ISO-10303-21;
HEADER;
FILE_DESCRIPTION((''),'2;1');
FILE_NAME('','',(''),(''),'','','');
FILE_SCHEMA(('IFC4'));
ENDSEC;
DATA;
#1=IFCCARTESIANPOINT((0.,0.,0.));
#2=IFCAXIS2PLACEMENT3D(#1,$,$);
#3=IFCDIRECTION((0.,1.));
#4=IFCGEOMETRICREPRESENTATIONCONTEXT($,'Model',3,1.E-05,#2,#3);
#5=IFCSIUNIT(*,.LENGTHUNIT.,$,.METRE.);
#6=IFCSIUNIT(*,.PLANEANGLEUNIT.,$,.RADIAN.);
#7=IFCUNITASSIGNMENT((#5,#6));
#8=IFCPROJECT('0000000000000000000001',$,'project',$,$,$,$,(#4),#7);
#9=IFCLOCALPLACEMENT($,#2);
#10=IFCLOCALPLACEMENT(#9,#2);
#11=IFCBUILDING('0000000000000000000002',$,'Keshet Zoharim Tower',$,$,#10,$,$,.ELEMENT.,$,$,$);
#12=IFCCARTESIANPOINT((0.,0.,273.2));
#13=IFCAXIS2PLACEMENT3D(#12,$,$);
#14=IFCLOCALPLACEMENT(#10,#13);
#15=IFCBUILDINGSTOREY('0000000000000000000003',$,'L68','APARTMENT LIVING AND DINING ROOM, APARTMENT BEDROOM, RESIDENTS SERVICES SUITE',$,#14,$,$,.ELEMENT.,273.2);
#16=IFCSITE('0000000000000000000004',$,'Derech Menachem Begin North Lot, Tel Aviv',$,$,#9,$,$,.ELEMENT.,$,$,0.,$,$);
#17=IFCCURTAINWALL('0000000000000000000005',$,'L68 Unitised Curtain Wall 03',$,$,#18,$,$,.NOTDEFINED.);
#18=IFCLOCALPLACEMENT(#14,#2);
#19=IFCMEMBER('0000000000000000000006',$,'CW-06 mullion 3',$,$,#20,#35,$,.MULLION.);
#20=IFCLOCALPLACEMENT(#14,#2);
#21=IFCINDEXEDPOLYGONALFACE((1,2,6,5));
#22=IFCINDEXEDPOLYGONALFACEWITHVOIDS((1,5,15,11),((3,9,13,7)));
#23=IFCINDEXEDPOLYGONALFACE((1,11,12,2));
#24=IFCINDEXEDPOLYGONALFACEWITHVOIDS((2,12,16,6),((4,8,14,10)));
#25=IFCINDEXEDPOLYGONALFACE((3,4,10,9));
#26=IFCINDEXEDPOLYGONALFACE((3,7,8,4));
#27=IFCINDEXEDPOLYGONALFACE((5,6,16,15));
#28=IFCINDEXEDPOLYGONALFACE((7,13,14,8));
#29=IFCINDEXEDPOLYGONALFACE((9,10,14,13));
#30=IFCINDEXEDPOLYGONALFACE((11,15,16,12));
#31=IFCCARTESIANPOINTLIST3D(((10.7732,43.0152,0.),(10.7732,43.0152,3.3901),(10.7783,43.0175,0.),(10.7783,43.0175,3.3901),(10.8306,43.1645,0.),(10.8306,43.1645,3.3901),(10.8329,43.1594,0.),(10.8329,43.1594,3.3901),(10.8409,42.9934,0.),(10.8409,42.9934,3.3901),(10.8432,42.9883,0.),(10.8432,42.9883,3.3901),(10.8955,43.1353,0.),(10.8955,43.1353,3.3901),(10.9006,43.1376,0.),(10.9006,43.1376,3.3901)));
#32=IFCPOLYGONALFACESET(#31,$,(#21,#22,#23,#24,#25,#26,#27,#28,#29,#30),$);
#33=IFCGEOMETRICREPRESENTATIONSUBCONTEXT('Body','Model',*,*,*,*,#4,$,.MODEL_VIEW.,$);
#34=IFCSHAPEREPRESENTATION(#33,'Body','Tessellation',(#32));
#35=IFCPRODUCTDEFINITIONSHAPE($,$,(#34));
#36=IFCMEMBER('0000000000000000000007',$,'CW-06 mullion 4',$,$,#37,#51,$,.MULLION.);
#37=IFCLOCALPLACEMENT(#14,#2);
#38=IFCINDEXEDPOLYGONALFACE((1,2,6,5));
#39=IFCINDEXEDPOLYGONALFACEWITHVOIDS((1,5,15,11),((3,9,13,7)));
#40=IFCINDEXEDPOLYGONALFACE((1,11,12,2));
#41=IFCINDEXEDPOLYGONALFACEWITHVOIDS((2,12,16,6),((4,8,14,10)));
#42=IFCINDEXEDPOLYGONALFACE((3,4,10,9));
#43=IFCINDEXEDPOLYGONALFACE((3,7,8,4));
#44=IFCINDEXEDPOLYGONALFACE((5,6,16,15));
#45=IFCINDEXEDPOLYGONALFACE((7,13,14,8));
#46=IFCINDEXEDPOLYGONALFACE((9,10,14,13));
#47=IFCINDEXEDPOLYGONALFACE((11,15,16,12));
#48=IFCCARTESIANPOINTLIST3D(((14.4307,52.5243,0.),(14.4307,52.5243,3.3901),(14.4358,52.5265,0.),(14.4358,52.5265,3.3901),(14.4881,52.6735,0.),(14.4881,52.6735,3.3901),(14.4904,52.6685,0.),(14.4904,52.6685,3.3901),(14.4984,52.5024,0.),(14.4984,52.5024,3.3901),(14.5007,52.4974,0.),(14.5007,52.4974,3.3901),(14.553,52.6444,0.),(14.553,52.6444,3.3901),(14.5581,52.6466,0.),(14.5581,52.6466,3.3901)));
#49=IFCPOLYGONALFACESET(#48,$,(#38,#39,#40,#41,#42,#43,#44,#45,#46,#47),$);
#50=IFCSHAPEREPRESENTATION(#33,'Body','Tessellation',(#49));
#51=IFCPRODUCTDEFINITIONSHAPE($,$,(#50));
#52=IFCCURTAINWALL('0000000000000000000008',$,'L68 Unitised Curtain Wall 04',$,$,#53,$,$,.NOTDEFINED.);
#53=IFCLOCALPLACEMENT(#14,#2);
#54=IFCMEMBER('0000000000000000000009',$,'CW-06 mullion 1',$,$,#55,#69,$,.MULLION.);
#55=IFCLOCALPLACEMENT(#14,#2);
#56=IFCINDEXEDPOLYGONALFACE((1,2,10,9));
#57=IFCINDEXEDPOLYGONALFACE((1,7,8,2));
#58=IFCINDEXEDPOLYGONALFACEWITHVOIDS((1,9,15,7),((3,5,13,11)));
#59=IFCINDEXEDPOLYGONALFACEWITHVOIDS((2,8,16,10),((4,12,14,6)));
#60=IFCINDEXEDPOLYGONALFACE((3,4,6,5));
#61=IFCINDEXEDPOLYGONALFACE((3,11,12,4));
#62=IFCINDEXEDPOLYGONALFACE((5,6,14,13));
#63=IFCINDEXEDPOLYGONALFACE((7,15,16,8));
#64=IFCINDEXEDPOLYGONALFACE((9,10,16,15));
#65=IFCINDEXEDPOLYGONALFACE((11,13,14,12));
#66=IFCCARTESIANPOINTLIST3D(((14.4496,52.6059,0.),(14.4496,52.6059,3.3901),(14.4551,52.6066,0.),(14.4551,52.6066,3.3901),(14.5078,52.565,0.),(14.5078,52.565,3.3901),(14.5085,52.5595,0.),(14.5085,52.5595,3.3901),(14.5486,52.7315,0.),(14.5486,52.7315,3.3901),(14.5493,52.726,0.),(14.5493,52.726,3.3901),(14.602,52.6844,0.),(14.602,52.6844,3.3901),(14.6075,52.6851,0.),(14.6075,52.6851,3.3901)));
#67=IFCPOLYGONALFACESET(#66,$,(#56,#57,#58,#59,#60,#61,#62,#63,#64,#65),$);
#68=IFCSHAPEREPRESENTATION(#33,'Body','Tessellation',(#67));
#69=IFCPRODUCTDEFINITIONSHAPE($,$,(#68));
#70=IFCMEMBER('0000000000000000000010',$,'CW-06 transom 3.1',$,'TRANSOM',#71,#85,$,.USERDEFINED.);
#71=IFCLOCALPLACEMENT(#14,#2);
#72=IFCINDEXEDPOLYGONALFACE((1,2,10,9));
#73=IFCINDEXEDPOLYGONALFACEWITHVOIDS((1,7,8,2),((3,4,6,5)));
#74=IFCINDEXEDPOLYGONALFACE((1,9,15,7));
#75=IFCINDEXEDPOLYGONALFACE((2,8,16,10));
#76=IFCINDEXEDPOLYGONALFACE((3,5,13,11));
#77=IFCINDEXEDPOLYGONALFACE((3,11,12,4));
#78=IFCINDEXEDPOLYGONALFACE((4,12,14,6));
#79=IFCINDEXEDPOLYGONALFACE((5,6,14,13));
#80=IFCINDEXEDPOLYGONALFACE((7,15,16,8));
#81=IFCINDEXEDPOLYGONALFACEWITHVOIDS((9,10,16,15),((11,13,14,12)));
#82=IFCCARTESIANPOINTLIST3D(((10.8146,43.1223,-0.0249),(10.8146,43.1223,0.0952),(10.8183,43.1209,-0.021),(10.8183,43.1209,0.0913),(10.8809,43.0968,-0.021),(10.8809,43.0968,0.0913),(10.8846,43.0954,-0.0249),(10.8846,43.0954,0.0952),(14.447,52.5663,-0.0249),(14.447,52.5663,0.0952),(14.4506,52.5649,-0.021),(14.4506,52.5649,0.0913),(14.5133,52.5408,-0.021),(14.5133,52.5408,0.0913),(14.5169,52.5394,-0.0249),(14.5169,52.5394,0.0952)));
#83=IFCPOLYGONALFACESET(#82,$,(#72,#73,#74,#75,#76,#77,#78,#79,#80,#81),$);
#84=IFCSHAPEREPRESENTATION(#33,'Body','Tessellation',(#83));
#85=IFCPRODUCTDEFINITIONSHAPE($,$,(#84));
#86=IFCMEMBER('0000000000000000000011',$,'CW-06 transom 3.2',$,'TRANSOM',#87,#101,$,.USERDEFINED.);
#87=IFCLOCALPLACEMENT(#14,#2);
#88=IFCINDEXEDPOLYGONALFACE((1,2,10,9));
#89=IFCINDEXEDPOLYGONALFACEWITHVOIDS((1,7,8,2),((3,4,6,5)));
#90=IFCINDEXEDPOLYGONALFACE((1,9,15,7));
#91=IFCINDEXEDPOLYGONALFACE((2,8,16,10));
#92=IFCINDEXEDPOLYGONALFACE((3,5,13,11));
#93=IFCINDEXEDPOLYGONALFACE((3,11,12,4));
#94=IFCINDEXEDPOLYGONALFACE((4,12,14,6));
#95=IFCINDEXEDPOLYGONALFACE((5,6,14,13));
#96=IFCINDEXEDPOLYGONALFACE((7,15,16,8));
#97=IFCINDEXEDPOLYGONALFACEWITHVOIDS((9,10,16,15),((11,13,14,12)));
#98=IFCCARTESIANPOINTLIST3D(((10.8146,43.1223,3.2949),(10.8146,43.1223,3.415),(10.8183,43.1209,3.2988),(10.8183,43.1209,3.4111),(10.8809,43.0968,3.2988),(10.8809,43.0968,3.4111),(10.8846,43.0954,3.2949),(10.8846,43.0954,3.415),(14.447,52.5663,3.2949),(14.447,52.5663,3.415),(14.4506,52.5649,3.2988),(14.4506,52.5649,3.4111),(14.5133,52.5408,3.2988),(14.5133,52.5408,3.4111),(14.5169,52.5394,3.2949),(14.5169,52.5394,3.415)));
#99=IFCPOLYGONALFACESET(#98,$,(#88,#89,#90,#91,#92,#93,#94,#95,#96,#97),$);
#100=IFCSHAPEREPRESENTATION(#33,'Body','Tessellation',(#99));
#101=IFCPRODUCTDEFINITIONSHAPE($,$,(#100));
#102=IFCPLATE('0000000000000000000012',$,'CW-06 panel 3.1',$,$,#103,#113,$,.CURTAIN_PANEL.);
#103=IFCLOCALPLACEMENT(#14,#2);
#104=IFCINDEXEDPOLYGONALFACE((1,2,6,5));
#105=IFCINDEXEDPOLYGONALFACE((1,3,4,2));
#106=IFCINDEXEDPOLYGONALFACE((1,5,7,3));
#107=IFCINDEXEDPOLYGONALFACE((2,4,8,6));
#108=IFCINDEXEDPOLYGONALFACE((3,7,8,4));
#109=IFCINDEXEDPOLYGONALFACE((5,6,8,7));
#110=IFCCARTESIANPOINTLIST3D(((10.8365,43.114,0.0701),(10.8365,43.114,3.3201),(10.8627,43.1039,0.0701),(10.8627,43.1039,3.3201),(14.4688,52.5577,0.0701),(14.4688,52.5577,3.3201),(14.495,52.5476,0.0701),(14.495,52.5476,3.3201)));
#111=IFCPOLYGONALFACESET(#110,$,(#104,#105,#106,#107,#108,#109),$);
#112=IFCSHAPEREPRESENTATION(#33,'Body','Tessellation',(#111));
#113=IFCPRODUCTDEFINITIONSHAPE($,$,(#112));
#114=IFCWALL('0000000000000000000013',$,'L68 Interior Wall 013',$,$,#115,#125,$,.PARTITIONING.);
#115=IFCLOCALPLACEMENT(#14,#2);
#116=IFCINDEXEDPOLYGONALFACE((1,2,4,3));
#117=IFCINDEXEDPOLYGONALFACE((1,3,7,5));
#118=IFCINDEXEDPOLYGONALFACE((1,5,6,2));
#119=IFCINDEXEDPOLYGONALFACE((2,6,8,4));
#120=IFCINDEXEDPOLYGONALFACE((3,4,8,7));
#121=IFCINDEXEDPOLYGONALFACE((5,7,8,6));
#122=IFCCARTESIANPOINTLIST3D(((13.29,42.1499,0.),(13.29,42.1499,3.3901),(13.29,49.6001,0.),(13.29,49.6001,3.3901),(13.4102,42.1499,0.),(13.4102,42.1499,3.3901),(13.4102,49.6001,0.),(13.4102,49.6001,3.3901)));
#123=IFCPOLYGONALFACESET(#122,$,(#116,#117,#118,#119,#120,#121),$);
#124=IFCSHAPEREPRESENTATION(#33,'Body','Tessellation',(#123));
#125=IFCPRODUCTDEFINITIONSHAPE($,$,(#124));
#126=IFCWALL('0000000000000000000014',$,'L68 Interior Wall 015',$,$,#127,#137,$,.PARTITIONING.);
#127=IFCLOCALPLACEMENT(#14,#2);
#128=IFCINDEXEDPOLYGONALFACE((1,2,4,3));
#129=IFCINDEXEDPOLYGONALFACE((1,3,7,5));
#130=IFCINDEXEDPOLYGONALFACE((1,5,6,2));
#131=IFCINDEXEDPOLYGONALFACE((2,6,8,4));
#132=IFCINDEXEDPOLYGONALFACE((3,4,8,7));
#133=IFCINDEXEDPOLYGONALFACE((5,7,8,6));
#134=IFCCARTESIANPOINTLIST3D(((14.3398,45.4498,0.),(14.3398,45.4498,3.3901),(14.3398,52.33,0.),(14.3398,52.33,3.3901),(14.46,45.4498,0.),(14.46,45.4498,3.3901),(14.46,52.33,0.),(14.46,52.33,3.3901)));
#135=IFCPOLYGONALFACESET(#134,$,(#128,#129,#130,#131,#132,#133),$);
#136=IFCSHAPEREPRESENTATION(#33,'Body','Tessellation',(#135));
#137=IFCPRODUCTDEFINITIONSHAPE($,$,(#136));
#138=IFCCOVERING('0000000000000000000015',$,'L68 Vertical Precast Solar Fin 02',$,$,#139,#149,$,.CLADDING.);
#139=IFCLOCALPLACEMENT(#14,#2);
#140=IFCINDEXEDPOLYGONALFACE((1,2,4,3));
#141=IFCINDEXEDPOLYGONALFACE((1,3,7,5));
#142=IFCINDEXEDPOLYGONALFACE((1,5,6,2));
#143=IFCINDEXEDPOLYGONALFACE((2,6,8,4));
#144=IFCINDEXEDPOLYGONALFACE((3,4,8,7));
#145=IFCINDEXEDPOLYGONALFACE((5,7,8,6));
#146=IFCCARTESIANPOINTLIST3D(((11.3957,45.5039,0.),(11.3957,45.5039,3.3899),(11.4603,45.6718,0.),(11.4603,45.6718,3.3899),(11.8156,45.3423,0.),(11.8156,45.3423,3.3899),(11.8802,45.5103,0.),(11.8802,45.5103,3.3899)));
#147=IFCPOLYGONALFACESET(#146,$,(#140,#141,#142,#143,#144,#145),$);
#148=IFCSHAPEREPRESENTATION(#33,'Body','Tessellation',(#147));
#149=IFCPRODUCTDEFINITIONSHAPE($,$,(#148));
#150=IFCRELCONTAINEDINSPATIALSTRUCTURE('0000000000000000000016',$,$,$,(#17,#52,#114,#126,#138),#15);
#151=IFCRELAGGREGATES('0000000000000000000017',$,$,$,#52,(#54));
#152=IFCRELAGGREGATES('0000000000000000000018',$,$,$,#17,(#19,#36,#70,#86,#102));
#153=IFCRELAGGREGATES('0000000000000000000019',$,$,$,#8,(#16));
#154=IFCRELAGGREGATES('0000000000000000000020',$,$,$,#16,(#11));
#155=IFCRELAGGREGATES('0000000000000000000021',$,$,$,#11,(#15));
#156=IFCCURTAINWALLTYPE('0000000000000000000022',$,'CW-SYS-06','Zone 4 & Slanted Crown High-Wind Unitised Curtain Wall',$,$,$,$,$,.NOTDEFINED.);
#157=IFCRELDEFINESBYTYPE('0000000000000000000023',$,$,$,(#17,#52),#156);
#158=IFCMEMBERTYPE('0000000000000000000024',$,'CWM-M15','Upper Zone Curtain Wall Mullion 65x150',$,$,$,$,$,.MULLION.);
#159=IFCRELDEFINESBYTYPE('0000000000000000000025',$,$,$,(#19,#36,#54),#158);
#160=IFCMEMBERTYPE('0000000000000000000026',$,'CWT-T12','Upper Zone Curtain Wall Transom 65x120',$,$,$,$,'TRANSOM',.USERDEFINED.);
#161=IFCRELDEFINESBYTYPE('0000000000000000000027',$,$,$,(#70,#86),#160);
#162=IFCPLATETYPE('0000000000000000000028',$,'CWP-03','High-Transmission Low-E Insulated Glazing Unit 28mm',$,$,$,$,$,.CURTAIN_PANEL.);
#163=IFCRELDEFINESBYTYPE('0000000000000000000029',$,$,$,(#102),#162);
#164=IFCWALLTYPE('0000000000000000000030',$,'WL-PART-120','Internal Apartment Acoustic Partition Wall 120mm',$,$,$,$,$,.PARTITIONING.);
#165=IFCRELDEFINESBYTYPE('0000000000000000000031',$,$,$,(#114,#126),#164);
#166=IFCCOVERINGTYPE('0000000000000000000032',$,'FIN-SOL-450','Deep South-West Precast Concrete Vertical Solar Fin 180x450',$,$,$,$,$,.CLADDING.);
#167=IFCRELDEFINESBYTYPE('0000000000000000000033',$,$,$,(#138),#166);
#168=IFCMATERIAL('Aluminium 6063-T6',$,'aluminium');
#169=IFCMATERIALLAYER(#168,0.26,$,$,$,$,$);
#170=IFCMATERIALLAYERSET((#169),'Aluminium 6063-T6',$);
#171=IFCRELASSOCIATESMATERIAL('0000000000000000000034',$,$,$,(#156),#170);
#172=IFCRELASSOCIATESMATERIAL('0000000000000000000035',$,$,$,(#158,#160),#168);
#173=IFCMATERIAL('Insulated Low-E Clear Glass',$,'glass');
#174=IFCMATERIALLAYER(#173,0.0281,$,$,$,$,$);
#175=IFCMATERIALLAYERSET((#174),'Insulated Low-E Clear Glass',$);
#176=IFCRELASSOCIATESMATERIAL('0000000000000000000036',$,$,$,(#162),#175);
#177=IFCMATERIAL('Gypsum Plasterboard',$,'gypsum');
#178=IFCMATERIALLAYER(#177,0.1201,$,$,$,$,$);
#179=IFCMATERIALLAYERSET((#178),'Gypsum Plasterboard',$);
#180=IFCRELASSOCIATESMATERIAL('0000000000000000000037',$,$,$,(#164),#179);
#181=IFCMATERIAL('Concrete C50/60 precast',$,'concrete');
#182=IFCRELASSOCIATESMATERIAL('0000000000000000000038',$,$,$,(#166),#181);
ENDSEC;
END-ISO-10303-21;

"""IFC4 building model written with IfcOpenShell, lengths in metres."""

from ifc_helpers import new_model, si_unit, direction, frame, frame_2d, origin, origin_2d, place, context, subcontext, project, spatial, rectangle, hollow_rectangle, extrude, material, layer, layer_set, material_profile, profile_set, type_object, element, aggregate, save


model = new_model("IFC4")

# Units and contexts
model_context = context("Model", 3, precision=1e-05, world=origin(), true_north=direction((0.0, 1.0)))
body_context = subcontext(model_context, "Body", "Model", "MODEL_VIEW")
ifc_project = project(units=[si_unit("LENGTHUNIT", "METRE"), si_unit("PLANEANGLEUNIT", "RADIAN")], contexts=[model_context])

# Site, building, storey
site_placement = place(None, origin())
site = spatial("IfcSite", under=ifc_project, at=site_placement, Name="Derech Menachem Begin North Lot, Tel Aviv", CompositionType="ELEMENT", RefElevation=0.0)
building_placement = place(site_placement, origin())
building = spatial("IfcBuilding", under=site, at=building_placement, Name="Keshet Zoharim Tower", CompositionType="ELEMENT")
storey_placement = place(building_placement, frame((0.0, 0.0, 273.2)))
storey = spatial("IfcBuildingStorey", under=building, at=storey_placement, Name="L68", Description="APARTMENT LIVING AND DINING ROOM, APARTMENT BEDROOM, RESIDENTS SERVICES SUITE", CompositionType="ELEMENT", Elevation=273.2)

# Curtain wall, members
ifc_material_1 = material(Name="Aluminium 6063-T6", Category="aluminium")
ifc_layer_1 = layer(ifc_material_1, 0.26)
ifc_layer_set_1 = layer_set([ifc_layer_1], Name="Aluminium 6063-T6")
curtain_wall_type = type_object("IfcCurtainWallType", Name="CW-SYS-06", Description="Zone 4 & Slanted Crown High-Wind Unitised Curtain Wall", PredefinedType="NOTDEFINED", material=ifc_layer_set_1)
curtain_wall_1_placement = place(storey_placement, origin())
curtain_wall_1 = element("IfcCurtainWall", 1, at=curtain_wall_1_placement, inside=storey, type_object=curtain_wall_type, Name="L68 Unitised Curtain Wall 03", PredefinedType="NOTDEFINED")
ifc_material_profile_1 = material_profile(ifc_material_1, hollow_rectangle(XDim=0.075, YDim=0.1599, WallThickness=0.0039, at=origin_2d()), Name="MUL-75x160")
ifc_profile_set_1 = profile_set([ifc_material_profile_1], Name="Aluminium 6063-T6")
member_type_1 = type_object("IfcMemberType", Name="CWM-M15", Description="Upper Zone Curtain Wall Mullion 65x150", PredefinedType="MULLION", material=ifc_profile_set_1)
member_1_placement = place(storey_placement, frame((10.8369, 43.0764, 0.0), z_axis=(0.0, 0.0, 1.0), x_axis=(-0.933341, 0.35899, 0.0)))
member_1 = element("IfcMember", 2, at=member_1_placement, type_object=member_type_1, Name="CW-06 mullion 3", PredefinedType="MULLION", context=body_context, shape_type="SweptSolid", body=[
    extrude(hollow_rectangle(XDim=0.075, YDim=0.1599, WallThickness=0.0039, at=origin_2d()), origin(), (0.0, 0.0, 1.0), 3.3901),
])
member_2_placement = place(storey_placement, frame((14.4944, 52.5854, 0.0), z_axis=(0.0, 0.0, 1.0), x_axis=(-0.933341, 0.35899, 0.0)))
member_2 = element("IfcMember", 3, at=member_2_placement, type_object=member_type_1, Name="CW-06 mullion 4", PredefinedType="MULLION", context=body_context, shape_type="SweptSolid", body=[
    extrude(hollow_rectangle(XDim=0.075, YDim=0.1599, WallThickness=0.0039, at=origin_2d()), origin(), (0.0, 0.0, 1.0), 3.3901),
])

# Curtain wall, member
curtain_wall_2_placement = place(storey_placement, origin())
curtain_wall_2 = element("IfcCurtainWall", 4, at=curtain_wall_2_placement, inside=storey, type_object=curtain_wall_type, Name="L68 Unitised Curtain Wall 04", PredefinedType="NOTDEFINED")
member_3_placement = place(storey_placement, frame((14.5286, 52.6455, 0.0), z_axis=(0.0, 0.0, 1.0), x_axis=(-0.785293, 0.619125, 0.0)))
member_3 = element("IfcMember", 5, at=member_3_placement, type_object=member_type_1, Name="CW-06 mullion 1", PredefinedType="MULLION", context=body_context, shape_type="SweptSolid", body=[
    extrude(hollow_rectangle(XDim=0.075, YDim=0.1599, WallThickness=0.0039, at=origin_2d()), origin(), (0.0, 0.0, 1.0), 3.3901),
])
aggregate(curtain_wall_2, [member_3])

# Members
ifc_material_profile_2 = material_profile(ifc_material_1, hollow_rectangle(XDim=0.075, YDim=0.1201, WallThickness=0.0039, at=origin_2d()), Name="TRN-75x120")
ifc_profile_set_2 = profile_set([ifc_material_profile_2], Name="Aluminium 6063-T6")
member_type_2 = type_object("IfcMemberType", Name="CWT-T12", Description="Upper Zone Curtain Wall Transom 65x120", ElementType="TRANSOM", PredefinedType="USERDEFINED", material=ifc_profile_set_2)
member_4_placement = place(storey_placement, frame((10.8496, 43.1089, 0.0352), z_axis=(0.358986, 0.933343, 0.0), x_axis=(-0.933343, 0.358986, 0.0)))
member_4 = element("IfcMember", 6, at=member_4_placement, type_object=member_type_2, Name="CW-06 transom 3.1", ObjectType="TRANSOM", PredefinedType="USERDEFINED", context=body_context, shape_type="SweptSolid", body=[
    extrude(hollow_rectangle(XDim=0.075, YDim=0.1201, WallThickness=0.0039, at=origin_2d()), origin(), (0.0, 0.0, 1.0), 10.1184),
])
member_5_placement = place(storey_placement, frame((10.8496, 43.1089, 3.355), z_axis=(0.358986, 0.933343, 0.0), x_axis=(-0.933343, 0.358986, 0.0)))
member_5 = element("IfcMember", 7, at=member_5_placement, type_object=member_type_2, Name="CW-06 transom 3.2", ObjectType="TRANSOM", PredefinedType="USERDEFINED", context=body_context, shape_type="SweptSolid", body=[
    extrude(hollow_rectangle(XDim=0.075, YDim=0.1201, WallThickness=0.0039, at=origin_2d()), origin(), (0.0, 0.0, 1.0), 10.1184),
])

# Plate
ifc_material_2 = material(Name="Insulated Low-E Clear Glass", Category="glass")
ifc_layer_2 = layer(ifc_material_2, 0.0281)
ifc_layer_set_2 = layer_set([ifc_layer_2], Name="Insulated Low-E Clear Glass")
plate_type = type_object("IfcPlateType", Name="CWP-03", Description="High-Transmission Low-E Insulated Glazing Unit 28mm", PredefinedType="CURTAIN_PANEL", material=ifc_layer_set_2)
plate_placement = place(storey_placement, frame((12.6658, 47.8308, 0.0701), z_axis=(0.0, 0.0, 1.0), x_axis=(0.35899, 0.933341, 0.0)))
plate = element("IfcPlate", 8, at=plate_placement, type_object=plate_type, Name="CW-06 panel 3.1", PredefinedType="CURTAIN_PANEL", context=body_context, shape_type="SweptSolid", body=[
    extrude(rectangle(XDim=10.1182, YDim=0.0281, at=origin_2d()), origin(), (0.0, 0.0, 1.0), 3.25),
])
aggregate(curtain_wall_1, [member_1, member_2, member_4, member_5, plate])

# Walls
ifc_material_3 = material(Name="Gypsum Plasterboard", Category="gypsum")
ifc_layer_3 = layer(ifc_material_3, 0.1201)
ifc_layer_set_3 = layer_set([ifc_layer_3], Name="Gypsum Plasterboard")
wall_type = type_object("IfcWallType", Name="WL-PART-120", Description="Internal Apartment Acoustic Partition Wall 120mm", PredefinedType="PARTITIONING", material=ifc_layer_set_3)
wall_1_placement = place(storey_placement, frame((13.3501, 42.1499, 0.0), z_axis=(0.0, 0.0, 1.0), x_axis=(0.0, 1.0, 0.0)))
element("IfcWall", 9, at=wall_1_placement, inside=storey, type_object=wall_type, Name="L68 Interior Wall 013", PredefinedType="PARTITIONING", context=body_context, shape_type="SweptSolid", body=[
    extrude(rectangle(XDim=7.4502, YDim=0.1201, at=frame_2d((3.7251, 0.0))), origin(), (0.0, 0.0, 1.0), 3.3901),
])
wall_2_placement = place(storey_placement, frame((14.3999, 45.45, 0.0), z_axis=(0.0, 0.0, 1.0), x_axis=(0.0, 1.0, 0.0)))
element("IfcWall", 10, at=wall_2_placement, inside=storey, type_object=wall_type, Name="L68 Interior Wall 015", PredefinedType="PARTITIONING", context=body_context, shape_type="SweptSolid", body=[
    extrude(rectangle(XDim=6.8801, YDim=0.1201, at=frame_2d((3.4399, 0.0))), origin(), (0.0, 0.0, 1.0), 3.3901),
])

# Covering
ifc_material_4 = material(Name="Concrete C50/60 precast", Category="concrete")
covering_type = type_object("IfcCoveringType", Name="FIN-SOL-450", Description="Deep South-West Precast Concrete Vertical Solar Fin 180x450", PredefinedType="CLADDING", material=ifc_material_4)
covering_placement = place(storey_placement, frame((11.6379, 45.5071, 0.0), z_axis=(0.0, 0.0, 1.0), x_axis=(0.35899, 0.933341, 0.0)))
element("IfcCovering", 11, at=covering_placement, inside=storey, type_object=covering_type, Name="L68 Vertical Precast Solar Fin 02", PredefinedType="CLADDING", context=body_context, shape_type="SweptSolid", body=[
    extrude(rectangle(XDim=0.1799, YDim=0.45, at=origin_2d()), origin(), (0.0, 0.0, 1.0), 3.3899),
])

save(model, "model.ifc")
